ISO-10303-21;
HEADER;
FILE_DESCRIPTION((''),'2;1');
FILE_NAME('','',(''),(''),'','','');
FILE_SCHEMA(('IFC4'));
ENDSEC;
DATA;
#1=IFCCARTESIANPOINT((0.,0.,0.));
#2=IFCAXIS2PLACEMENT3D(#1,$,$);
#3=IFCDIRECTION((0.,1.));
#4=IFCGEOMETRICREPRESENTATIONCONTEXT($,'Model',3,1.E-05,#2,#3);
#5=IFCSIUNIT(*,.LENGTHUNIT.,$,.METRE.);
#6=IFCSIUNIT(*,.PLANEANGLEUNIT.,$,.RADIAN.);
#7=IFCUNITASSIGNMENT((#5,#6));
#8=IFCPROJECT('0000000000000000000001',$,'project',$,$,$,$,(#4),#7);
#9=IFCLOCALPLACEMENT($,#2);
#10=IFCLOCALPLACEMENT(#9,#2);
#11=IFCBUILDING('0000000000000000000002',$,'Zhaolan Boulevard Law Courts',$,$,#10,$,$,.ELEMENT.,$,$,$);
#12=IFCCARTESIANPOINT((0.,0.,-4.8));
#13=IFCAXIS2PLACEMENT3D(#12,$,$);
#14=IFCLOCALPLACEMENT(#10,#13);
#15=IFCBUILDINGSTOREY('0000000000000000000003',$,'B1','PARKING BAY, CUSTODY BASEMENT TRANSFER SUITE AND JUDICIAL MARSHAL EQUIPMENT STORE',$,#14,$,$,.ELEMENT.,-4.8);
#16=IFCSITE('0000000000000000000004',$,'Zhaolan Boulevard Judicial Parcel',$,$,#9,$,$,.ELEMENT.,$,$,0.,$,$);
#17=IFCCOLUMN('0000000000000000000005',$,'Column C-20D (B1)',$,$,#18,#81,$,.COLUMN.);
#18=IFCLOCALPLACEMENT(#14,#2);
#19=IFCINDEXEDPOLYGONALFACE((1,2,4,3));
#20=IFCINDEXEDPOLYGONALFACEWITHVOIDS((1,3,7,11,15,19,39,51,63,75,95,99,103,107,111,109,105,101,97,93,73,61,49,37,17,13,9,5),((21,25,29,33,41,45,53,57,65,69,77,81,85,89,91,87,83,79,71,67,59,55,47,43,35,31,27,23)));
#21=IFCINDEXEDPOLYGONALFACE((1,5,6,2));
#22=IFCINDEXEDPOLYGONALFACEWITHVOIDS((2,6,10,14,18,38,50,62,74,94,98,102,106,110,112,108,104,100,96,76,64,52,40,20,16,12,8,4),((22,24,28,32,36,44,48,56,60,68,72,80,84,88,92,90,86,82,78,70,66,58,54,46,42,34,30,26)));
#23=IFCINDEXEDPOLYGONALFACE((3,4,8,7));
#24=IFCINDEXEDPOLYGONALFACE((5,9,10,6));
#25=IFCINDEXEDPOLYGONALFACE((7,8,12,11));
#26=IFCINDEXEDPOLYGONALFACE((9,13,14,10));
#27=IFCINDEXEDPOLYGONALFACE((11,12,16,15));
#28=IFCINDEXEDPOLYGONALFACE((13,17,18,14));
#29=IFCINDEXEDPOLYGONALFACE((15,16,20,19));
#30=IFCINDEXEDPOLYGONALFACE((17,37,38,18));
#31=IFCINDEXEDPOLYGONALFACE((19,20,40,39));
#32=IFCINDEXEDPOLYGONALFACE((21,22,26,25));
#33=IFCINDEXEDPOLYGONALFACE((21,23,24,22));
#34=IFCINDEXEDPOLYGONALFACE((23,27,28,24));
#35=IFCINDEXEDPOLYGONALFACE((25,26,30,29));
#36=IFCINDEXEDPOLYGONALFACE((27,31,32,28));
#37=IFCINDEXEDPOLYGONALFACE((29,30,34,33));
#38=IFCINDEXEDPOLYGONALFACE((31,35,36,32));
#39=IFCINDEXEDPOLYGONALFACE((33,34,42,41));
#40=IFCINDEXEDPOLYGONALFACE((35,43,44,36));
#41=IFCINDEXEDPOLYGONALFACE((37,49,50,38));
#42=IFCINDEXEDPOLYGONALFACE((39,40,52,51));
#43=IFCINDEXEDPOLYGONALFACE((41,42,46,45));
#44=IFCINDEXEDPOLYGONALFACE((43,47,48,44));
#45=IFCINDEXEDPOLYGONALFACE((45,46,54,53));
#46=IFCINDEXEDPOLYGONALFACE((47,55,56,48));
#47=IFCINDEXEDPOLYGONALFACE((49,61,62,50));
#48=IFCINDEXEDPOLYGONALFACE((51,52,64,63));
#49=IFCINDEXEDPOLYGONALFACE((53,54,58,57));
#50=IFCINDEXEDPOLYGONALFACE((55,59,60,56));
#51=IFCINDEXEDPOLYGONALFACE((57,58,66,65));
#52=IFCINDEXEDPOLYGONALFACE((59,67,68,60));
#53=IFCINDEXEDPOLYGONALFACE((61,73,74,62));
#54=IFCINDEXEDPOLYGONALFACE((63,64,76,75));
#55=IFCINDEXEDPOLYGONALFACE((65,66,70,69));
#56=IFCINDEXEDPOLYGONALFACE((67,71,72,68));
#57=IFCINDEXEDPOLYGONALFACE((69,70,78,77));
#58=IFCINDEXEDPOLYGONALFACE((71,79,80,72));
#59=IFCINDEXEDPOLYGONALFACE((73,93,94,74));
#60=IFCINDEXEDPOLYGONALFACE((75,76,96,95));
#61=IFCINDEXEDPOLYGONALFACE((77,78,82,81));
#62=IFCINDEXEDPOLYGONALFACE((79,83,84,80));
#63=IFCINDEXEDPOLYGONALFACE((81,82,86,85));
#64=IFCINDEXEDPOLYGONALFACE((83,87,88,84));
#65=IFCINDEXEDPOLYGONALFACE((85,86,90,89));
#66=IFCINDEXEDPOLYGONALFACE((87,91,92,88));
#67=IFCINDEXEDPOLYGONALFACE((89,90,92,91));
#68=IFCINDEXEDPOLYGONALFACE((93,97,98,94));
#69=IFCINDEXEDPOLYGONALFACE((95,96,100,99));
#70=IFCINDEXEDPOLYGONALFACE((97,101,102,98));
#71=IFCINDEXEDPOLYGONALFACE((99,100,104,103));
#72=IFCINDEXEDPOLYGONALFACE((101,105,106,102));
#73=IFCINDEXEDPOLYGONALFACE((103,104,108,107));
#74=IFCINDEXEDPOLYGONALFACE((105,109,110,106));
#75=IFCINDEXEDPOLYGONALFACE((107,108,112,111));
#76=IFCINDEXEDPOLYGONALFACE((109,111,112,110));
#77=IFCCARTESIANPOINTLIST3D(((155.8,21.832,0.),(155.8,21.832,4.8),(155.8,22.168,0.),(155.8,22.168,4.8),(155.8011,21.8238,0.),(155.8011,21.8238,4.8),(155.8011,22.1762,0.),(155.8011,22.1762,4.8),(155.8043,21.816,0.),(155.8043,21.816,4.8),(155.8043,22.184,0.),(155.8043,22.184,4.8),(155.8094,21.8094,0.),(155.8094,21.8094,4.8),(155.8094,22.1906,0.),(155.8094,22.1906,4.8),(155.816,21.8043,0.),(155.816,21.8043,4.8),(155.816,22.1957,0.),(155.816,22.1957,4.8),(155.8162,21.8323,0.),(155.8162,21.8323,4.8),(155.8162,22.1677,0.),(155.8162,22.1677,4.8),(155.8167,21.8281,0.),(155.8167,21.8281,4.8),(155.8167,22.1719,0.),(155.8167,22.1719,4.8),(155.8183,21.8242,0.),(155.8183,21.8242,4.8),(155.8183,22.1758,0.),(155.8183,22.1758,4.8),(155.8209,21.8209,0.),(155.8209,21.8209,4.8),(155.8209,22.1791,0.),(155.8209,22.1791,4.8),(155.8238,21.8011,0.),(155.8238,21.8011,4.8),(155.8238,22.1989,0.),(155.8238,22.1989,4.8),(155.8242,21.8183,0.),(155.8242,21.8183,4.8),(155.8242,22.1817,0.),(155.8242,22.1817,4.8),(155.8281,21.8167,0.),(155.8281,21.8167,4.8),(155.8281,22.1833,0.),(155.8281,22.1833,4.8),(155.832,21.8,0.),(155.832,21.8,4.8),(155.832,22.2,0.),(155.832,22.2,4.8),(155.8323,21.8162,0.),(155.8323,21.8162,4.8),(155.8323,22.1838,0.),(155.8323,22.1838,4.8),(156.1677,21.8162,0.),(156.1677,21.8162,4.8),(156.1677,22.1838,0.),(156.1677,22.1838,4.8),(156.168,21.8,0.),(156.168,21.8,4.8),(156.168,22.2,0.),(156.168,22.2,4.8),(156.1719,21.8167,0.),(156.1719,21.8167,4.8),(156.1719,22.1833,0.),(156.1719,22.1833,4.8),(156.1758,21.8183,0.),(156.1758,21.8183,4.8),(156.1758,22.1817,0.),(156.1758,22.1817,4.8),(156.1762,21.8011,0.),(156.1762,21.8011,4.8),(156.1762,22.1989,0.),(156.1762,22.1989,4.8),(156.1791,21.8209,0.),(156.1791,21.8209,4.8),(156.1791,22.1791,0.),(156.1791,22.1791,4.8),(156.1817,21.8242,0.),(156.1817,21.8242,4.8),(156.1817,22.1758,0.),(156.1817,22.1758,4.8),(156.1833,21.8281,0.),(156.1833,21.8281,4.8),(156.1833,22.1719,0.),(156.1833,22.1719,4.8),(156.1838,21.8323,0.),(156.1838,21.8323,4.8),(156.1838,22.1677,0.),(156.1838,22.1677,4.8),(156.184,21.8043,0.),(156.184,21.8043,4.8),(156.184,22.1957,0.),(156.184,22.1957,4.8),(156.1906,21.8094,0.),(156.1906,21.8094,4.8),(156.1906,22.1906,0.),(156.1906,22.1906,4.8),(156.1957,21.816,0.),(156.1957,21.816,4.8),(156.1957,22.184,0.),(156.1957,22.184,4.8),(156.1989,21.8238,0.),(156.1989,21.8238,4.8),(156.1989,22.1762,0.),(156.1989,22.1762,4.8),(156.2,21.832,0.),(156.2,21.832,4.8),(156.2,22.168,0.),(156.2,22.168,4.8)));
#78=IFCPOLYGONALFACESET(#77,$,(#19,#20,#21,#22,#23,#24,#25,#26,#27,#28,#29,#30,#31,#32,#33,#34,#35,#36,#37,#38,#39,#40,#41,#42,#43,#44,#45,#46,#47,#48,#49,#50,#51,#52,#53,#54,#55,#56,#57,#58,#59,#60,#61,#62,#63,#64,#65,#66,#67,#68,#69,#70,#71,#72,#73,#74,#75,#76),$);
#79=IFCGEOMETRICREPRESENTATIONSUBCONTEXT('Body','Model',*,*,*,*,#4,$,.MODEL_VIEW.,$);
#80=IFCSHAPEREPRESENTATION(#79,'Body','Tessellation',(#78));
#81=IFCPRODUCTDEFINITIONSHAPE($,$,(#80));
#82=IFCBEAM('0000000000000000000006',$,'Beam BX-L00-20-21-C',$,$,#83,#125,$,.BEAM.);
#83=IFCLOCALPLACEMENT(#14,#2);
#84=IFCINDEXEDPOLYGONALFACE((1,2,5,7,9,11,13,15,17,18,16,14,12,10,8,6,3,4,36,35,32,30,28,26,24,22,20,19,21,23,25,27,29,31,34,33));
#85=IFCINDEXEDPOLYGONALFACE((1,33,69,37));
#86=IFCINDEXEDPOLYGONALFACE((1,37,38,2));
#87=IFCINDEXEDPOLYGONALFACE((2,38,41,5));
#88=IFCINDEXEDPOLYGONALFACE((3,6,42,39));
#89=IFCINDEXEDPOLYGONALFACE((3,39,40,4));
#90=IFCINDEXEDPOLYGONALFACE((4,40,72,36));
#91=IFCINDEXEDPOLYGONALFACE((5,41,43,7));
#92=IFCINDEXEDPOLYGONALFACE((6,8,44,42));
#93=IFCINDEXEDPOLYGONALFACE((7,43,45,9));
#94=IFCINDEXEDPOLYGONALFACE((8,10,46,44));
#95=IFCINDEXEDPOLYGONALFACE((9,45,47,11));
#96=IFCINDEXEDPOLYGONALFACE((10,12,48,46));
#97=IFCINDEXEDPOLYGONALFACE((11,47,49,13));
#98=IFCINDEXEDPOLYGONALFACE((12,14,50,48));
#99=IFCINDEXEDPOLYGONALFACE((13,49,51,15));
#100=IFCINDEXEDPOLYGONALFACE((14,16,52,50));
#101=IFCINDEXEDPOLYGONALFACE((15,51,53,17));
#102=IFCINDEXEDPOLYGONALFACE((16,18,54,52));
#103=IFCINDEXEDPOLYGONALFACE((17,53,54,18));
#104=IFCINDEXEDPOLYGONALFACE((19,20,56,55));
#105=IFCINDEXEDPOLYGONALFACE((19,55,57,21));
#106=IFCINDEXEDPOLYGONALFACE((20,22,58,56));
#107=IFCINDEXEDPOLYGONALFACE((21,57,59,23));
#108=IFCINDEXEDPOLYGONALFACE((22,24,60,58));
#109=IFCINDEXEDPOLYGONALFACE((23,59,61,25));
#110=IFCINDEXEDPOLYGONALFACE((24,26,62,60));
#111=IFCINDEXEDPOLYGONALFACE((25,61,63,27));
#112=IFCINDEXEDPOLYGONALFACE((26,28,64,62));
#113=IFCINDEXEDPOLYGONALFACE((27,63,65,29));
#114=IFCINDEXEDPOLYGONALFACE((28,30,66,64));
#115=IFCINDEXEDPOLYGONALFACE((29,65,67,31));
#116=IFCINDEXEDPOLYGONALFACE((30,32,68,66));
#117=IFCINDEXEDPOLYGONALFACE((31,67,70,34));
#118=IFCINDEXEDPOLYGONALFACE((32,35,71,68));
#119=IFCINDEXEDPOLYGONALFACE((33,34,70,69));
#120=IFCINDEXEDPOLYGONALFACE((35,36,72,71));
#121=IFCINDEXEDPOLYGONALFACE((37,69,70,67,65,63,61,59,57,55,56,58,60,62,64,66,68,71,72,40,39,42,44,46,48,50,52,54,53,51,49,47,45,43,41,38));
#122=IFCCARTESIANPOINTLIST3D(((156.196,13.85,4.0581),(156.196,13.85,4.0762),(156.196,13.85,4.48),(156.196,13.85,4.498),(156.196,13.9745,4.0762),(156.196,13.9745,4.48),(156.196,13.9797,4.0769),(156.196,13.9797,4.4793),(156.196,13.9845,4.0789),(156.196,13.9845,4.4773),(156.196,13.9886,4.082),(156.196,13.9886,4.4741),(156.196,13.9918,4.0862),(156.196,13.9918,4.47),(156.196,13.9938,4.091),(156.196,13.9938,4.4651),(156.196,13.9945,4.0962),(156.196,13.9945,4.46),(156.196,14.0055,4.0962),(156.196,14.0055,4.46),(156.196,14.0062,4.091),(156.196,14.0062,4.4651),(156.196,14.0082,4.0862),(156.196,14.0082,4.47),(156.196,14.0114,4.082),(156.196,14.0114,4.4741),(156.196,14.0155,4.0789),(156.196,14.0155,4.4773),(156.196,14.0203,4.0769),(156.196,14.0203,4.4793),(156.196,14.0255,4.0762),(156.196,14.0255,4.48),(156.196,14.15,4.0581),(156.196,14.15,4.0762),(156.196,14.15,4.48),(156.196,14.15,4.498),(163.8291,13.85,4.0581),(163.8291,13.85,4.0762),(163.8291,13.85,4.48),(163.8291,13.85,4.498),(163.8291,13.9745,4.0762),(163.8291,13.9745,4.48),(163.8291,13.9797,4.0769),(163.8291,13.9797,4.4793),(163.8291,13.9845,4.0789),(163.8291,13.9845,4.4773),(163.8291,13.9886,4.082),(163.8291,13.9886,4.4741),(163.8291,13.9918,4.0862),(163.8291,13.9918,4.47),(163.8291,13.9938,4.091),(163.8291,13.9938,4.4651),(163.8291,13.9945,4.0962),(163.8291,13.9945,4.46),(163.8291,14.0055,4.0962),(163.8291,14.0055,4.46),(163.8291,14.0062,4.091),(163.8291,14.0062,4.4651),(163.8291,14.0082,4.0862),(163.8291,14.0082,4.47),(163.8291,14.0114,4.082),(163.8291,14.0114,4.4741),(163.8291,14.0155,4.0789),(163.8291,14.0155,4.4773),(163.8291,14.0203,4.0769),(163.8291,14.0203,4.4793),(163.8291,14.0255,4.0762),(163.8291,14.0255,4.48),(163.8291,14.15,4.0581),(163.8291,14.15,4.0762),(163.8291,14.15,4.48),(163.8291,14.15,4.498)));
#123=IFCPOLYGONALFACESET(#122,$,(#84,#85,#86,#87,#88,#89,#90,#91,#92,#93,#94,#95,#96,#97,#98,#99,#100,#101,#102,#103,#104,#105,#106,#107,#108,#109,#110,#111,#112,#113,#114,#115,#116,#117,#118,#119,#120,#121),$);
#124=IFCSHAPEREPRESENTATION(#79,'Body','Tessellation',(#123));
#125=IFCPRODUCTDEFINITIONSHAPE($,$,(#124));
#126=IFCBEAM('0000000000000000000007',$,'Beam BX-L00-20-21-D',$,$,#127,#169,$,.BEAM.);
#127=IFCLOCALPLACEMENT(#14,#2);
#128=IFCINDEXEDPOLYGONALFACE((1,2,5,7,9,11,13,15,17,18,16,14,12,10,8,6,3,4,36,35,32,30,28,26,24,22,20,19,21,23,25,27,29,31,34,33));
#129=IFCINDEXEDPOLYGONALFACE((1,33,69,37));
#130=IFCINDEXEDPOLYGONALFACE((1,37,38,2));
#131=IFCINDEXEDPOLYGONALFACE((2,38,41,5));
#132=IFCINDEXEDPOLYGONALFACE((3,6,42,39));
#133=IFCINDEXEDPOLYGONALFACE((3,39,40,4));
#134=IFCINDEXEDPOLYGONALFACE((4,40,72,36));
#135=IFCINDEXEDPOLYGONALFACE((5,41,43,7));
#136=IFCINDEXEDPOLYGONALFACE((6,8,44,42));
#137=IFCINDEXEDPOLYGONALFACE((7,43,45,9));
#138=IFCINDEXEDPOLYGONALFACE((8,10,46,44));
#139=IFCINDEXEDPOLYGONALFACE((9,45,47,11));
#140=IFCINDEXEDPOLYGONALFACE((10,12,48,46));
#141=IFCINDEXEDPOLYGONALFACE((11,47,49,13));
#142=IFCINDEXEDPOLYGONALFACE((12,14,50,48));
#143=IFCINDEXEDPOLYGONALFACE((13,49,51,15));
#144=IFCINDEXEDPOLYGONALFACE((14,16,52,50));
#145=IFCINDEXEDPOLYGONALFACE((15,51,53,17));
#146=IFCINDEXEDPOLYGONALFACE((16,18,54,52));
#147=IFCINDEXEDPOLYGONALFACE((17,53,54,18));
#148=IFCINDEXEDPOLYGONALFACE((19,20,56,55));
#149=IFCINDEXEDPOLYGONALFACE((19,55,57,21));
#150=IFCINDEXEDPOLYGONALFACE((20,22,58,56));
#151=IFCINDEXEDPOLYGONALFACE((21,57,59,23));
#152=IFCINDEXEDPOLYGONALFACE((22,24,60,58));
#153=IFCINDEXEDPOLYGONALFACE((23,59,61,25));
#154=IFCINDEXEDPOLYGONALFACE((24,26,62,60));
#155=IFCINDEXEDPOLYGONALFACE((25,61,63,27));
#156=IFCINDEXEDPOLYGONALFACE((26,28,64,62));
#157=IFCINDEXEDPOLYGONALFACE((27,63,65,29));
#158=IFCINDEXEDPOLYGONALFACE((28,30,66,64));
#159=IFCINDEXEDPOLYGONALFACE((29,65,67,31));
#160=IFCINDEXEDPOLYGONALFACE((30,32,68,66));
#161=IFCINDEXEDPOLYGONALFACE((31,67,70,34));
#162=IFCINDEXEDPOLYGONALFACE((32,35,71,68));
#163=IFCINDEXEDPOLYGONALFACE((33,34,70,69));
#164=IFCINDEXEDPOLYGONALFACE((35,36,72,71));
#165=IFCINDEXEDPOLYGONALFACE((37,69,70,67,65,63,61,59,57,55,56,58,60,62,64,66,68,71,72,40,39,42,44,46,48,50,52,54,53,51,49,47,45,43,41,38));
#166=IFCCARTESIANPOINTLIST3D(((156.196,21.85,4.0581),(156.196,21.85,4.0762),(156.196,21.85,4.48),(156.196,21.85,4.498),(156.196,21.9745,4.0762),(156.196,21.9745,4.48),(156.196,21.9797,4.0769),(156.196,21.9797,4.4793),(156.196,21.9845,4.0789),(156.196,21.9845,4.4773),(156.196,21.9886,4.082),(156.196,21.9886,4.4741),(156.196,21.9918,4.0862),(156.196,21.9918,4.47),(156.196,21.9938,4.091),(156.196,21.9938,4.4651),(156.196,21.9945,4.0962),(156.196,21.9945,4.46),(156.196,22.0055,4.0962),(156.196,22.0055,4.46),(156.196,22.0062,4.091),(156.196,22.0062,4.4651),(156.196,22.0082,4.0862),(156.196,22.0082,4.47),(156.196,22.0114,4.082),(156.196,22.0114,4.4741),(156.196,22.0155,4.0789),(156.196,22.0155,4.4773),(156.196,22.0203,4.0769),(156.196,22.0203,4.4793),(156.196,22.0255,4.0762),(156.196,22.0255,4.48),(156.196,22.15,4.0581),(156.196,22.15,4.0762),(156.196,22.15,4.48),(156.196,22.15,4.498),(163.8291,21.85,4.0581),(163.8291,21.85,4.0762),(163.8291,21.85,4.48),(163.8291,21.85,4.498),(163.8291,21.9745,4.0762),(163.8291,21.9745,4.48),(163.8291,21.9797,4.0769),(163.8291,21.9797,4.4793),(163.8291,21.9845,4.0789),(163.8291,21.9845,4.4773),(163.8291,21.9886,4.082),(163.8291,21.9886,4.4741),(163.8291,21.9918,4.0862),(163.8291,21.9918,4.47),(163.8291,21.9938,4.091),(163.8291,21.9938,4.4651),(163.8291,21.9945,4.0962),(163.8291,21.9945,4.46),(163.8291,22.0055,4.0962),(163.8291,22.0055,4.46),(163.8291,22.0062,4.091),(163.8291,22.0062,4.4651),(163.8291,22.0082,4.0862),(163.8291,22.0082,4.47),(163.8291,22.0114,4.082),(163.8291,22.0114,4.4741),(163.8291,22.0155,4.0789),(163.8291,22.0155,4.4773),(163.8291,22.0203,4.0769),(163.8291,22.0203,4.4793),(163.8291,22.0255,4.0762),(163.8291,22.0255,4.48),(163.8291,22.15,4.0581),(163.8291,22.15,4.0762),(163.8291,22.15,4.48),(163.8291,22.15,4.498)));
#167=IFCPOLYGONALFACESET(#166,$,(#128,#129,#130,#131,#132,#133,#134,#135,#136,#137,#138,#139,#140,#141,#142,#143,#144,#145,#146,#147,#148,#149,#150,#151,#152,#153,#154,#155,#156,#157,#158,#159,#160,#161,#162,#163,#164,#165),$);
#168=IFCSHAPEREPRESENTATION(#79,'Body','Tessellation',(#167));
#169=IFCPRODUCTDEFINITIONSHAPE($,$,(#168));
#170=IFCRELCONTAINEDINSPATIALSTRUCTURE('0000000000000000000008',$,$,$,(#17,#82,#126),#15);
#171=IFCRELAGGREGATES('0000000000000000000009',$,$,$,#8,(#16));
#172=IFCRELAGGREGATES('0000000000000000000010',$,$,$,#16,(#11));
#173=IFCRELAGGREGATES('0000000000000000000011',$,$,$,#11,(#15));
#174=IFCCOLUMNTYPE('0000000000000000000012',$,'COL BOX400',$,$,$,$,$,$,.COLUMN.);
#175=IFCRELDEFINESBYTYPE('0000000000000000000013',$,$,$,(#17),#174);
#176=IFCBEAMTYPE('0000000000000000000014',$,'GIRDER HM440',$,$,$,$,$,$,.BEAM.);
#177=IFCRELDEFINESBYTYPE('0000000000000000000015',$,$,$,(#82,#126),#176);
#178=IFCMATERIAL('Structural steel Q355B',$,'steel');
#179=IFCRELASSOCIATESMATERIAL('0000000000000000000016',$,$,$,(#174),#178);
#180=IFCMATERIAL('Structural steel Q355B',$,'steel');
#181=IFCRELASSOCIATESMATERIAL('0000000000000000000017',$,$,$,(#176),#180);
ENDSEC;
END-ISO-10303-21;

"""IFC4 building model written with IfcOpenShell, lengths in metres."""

from ifc_helpers import new_model, si_unit, direction, frame, origin, origin_2d, place, context, subcontext, project, spatial, hollow_rectangle, i_section, extrude, material, material_profile, profile_set, type_object, element, save


model = new_model("IFC4")

# Units and contexts
model_context = context("Model", 3, precision=1e-05, world=origin(), true_north=direction((0.0, 1.0)))
body_context = subcontext(model_context, "Body", "Model", "MODEL_VIEW")
ifc_project = project(units=[si_unit("LENGTHUNIT", "METRE"), si_unit("PLANEANGLEUNIT", "RADIAN")], contexts=[model_context])

# Site, building, storey
site_placement = place(None, origin())
site = spatial("IfcSite", under=ifc_project, at=site_placement, Name="Zhaolan Boulevard Judicial Parcel", CompositionType="ELEMENT", RefElevation=0.0)
building_placement = place(site_placement, origin())
building = spatial("IfcBuilding", under=site, at=building_placement, Name="Zhaolan Boulevard Law Courts", CompositionType="ELEMENT")
storey_placement = place(building_placement, frame((0.0, 0.0, -4.8)))
storey = spatial("IfcBuildingStorey", under=building, at=storey_placement, Name="B1", Description="PARKING BAY, CUSTODY BASEMENT TRANSFER SUITE AND JUDICIAL MARSHAL EQUIPMENT STORE", CompositionType="ELEMENT", Elevation=-4.8)

# Column
ifc_material_1 = material(Name="Structural steel Q355B", Category="steel")
ifc_material_profile_1 = material_profile(ifc_material_1, hollow_rectangle(XDim=0.3999, YDim=0.3999, WallThickness=0.0161, InnerFilletRadius=0.0161, OuterFilletRadius=0.032, at=origin_2d()), Name="BOX400x400x16")
ifc_profile_set_1 = profile_set([ifc_material_profile_1], Name="Structural steel Q355B")
column_type = type_object("IfcColumnType", Name="COL BOX400", PredefinedType="COLUMN", material=ifc_profile_set_1)
for number, where, z_axis, x_axis, name in (
    (1, (156.0, 22.0, 0.0), (0.0, 0.0, 1.0), (1.0, 0.0, 0.0), "Column C-20D (B1)"),
):
    element("IfcColumn", number, at=place(storey_placement, frame(where, z_axis=z_axis, x_axis=x_axis)), inside=storey, type_object=column_type, Name=name, PredefinedType="COLUMN", context=body_context, shape_type="SweptSolid", body=[
        extrude(hollow_rectangle(XDim=0.3999, YDim=0.3999, WallThickness=0.0161, InnerFilletRadius=0.0161, OuterFilletRadius=0.032, at=origin_2d()), origin(), (0.0, 0.0, 1.0), 4.8),
    ])

# Beams
ifc_material_2 = material(Name="Structural steel Q355B", Category="steel")
ifc_material_profile_2 = material_profile(ifc_material_2, i_section(OverallWidth=0.3, OverallDepth=0.4399, WebThickness=0.011, FlangeThickness=0.0181, FilletRadius=0.02, at=origin_2d()), Name="HM440x300")
ifc_profile_set_2 = profile_set([ifc_material_profile_2], Name="Structural steel Q355B")
beam_type_1 = type_object("IfcBeamType", Name="GIRDER HM440", PredefinedType="BEAM", material=ifc_profile_set_2)
for number, where, z_axis, x_axis, name in (
    (2, (156.196, 14.0, 4.2781), (1.0, 0.0, 0.0), (0.0, 1.0, 0.0), "Beam BX-L00-20-21-C"),
    (3, (156.196, 22.0, 4.2781), (1.0, 0.0, 0.0), (0.0, 1.0, 0.0), "Beam BX-L00-20-21-D"),
):
    element("IfcBeam", number, at=place(storey_placement, frame(where, z_axis=z_axis, x_axis=x_axis)), inside=storey, type_object=beam_type_1, Name=name, PredefinedType="BEAM", context=body_context, shape_type="SweptSolid", body=[
        extrude(i_section(OverallWidth=0.3, OverallDepth=0.4399, WebThickness=0.011, FlangeThickness=0.0181, FilletRadius=0.02, at=origin_2d()), origin(), (0.0, 0.0, 1.0), 7.6331),
    ])

save(model, "model.ifc")
